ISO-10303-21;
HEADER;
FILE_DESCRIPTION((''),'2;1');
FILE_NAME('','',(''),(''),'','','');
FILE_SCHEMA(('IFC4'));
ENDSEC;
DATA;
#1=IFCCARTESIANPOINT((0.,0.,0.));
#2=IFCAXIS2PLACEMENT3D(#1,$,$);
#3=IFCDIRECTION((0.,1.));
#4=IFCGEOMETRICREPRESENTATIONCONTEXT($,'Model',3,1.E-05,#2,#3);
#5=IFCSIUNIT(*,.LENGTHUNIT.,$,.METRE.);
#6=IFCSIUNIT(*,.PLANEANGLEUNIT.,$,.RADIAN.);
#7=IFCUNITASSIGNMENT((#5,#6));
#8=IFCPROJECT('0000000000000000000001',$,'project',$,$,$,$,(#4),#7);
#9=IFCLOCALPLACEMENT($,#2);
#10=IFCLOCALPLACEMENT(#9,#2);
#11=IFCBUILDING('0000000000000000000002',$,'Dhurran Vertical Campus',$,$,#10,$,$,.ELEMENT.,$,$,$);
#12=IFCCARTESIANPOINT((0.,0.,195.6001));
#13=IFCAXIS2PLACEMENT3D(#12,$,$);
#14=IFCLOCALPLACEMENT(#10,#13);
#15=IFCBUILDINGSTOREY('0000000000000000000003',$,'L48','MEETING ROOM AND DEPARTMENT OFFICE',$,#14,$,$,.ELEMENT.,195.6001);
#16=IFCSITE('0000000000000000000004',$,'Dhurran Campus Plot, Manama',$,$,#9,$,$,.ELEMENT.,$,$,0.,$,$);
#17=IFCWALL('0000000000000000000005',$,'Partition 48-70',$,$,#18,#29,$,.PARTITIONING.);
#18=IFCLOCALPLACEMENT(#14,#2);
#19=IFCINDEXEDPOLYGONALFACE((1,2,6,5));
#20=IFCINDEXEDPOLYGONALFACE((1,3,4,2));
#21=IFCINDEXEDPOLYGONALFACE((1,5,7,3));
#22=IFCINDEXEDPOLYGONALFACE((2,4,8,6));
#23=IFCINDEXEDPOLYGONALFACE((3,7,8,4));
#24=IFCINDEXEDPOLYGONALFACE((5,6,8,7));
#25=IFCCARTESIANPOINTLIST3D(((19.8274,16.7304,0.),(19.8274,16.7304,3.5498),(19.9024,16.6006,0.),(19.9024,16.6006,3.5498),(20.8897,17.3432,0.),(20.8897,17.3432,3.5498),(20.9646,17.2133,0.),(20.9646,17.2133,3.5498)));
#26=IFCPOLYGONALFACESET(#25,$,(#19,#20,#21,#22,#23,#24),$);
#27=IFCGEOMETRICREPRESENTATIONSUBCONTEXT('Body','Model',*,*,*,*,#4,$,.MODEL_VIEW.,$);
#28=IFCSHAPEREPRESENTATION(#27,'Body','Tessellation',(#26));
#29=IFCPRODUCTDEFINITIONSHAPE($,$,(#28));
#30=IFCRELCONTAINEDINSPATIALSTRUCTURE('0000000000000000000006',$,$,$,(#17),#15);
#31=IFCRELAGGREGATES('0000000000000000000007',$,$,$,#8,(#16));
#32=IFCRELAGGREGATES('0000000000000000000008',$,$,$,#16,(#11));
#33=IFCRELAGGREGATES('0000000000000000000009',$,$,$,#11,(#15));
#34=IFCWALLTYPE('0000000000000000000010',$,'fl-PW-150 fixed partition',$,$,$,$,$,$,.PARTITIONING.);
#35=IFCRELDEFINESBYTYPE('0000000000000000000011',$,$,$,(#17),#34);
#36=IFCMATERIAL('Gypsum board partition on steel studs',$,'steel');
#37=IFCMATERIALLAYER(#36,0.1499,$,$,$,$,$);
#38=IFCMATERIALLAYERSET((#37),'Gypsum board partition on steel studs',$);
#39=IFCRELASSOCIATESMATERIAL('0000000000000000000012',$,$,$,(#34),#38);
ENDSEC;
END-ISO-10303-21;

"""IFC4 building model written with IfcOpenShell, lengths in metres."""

from ifc_helpers import new_model, si_unit, direction, frame, frame_2d, origin, place, context, subcontext, project, spatial, rectangle, extrude, material, layer, layer_set, type_object, element, save


model = new_model("IFC4")

# Units and contexts
model_context = context("Model", 3, precision=1e-05, world=origin(), true_north=direction((0.0, 1.0)))
body_context = subcontext(model_context, "Body", "Model", "MODEL_VIEW")
ifc_project = project(units=[si_unit("LENGTHUNIT", "METRE"), si_unit("PLANEANGLEUNIT", "RADIAN")], contexts=[model_context])

# Site, building, storey
site_placement = place(None, origin())
site = spatial("IfcSite", under=ifc_project, at=site_placement, Name="Dhurran Campus Plot, Manama", CompositionType="ELEMENT", RefElevation=0.0)
building_placement = place(site_placement, origin())
building = spatial("IfcBuilding", under=site, at=building_placement, Name="Dhurran Vertical Campus", CompositionType="ELEMENT")
storey_placement = place(building_placement, frame((0.0, 0.0, 195.6001)))
storey = spatial("IfcBuildingStorey", under=building, at=storey_placement, Name="L48", Description="MEETING ROOM AND DEPARTMENT OFFICE", CompositionType="ELEMENT", Elevation=195.6001)

# Wall
ifc_material_1 = material(Name="Gypsum board partition on steel studs", Category="steel")
ifc_layer_1 = layer(ifc_material_1, 0.1499)
ifc_layer_set_1 = layer_set([ifc_layer_1], Name="Gypsum board partition on steel studs")
wall_type_1 = type_object("IfcWallType", Name="fl-PW-150 fixed partition", PredefinedType="PARTITIONING", material=ifc_layer_set_1)
wall_1_placement = place(storey_placement, frame((20.9272, 17.2783, 0.0), z_axis=(0.0, 0.0, 1.0), x_axis=(-0.866202, -0.499694, 0.0)))
element("IfcWall", 1, at=wall_1_placement, inside=storey, type_object=wall_type_1, Name="Partition 48-70", PredefinedType="PARTITIONING", context=body_context, shape_type="SweptSolid", body=[
    extrude(rectangle(XDim=1.2263, YDim=0.1499, at=frame_2d((0.6133, 0.0))), origin(), (0.0, 0.0, 1.0), 3.5498),
])

save(model, "model.ifc")
